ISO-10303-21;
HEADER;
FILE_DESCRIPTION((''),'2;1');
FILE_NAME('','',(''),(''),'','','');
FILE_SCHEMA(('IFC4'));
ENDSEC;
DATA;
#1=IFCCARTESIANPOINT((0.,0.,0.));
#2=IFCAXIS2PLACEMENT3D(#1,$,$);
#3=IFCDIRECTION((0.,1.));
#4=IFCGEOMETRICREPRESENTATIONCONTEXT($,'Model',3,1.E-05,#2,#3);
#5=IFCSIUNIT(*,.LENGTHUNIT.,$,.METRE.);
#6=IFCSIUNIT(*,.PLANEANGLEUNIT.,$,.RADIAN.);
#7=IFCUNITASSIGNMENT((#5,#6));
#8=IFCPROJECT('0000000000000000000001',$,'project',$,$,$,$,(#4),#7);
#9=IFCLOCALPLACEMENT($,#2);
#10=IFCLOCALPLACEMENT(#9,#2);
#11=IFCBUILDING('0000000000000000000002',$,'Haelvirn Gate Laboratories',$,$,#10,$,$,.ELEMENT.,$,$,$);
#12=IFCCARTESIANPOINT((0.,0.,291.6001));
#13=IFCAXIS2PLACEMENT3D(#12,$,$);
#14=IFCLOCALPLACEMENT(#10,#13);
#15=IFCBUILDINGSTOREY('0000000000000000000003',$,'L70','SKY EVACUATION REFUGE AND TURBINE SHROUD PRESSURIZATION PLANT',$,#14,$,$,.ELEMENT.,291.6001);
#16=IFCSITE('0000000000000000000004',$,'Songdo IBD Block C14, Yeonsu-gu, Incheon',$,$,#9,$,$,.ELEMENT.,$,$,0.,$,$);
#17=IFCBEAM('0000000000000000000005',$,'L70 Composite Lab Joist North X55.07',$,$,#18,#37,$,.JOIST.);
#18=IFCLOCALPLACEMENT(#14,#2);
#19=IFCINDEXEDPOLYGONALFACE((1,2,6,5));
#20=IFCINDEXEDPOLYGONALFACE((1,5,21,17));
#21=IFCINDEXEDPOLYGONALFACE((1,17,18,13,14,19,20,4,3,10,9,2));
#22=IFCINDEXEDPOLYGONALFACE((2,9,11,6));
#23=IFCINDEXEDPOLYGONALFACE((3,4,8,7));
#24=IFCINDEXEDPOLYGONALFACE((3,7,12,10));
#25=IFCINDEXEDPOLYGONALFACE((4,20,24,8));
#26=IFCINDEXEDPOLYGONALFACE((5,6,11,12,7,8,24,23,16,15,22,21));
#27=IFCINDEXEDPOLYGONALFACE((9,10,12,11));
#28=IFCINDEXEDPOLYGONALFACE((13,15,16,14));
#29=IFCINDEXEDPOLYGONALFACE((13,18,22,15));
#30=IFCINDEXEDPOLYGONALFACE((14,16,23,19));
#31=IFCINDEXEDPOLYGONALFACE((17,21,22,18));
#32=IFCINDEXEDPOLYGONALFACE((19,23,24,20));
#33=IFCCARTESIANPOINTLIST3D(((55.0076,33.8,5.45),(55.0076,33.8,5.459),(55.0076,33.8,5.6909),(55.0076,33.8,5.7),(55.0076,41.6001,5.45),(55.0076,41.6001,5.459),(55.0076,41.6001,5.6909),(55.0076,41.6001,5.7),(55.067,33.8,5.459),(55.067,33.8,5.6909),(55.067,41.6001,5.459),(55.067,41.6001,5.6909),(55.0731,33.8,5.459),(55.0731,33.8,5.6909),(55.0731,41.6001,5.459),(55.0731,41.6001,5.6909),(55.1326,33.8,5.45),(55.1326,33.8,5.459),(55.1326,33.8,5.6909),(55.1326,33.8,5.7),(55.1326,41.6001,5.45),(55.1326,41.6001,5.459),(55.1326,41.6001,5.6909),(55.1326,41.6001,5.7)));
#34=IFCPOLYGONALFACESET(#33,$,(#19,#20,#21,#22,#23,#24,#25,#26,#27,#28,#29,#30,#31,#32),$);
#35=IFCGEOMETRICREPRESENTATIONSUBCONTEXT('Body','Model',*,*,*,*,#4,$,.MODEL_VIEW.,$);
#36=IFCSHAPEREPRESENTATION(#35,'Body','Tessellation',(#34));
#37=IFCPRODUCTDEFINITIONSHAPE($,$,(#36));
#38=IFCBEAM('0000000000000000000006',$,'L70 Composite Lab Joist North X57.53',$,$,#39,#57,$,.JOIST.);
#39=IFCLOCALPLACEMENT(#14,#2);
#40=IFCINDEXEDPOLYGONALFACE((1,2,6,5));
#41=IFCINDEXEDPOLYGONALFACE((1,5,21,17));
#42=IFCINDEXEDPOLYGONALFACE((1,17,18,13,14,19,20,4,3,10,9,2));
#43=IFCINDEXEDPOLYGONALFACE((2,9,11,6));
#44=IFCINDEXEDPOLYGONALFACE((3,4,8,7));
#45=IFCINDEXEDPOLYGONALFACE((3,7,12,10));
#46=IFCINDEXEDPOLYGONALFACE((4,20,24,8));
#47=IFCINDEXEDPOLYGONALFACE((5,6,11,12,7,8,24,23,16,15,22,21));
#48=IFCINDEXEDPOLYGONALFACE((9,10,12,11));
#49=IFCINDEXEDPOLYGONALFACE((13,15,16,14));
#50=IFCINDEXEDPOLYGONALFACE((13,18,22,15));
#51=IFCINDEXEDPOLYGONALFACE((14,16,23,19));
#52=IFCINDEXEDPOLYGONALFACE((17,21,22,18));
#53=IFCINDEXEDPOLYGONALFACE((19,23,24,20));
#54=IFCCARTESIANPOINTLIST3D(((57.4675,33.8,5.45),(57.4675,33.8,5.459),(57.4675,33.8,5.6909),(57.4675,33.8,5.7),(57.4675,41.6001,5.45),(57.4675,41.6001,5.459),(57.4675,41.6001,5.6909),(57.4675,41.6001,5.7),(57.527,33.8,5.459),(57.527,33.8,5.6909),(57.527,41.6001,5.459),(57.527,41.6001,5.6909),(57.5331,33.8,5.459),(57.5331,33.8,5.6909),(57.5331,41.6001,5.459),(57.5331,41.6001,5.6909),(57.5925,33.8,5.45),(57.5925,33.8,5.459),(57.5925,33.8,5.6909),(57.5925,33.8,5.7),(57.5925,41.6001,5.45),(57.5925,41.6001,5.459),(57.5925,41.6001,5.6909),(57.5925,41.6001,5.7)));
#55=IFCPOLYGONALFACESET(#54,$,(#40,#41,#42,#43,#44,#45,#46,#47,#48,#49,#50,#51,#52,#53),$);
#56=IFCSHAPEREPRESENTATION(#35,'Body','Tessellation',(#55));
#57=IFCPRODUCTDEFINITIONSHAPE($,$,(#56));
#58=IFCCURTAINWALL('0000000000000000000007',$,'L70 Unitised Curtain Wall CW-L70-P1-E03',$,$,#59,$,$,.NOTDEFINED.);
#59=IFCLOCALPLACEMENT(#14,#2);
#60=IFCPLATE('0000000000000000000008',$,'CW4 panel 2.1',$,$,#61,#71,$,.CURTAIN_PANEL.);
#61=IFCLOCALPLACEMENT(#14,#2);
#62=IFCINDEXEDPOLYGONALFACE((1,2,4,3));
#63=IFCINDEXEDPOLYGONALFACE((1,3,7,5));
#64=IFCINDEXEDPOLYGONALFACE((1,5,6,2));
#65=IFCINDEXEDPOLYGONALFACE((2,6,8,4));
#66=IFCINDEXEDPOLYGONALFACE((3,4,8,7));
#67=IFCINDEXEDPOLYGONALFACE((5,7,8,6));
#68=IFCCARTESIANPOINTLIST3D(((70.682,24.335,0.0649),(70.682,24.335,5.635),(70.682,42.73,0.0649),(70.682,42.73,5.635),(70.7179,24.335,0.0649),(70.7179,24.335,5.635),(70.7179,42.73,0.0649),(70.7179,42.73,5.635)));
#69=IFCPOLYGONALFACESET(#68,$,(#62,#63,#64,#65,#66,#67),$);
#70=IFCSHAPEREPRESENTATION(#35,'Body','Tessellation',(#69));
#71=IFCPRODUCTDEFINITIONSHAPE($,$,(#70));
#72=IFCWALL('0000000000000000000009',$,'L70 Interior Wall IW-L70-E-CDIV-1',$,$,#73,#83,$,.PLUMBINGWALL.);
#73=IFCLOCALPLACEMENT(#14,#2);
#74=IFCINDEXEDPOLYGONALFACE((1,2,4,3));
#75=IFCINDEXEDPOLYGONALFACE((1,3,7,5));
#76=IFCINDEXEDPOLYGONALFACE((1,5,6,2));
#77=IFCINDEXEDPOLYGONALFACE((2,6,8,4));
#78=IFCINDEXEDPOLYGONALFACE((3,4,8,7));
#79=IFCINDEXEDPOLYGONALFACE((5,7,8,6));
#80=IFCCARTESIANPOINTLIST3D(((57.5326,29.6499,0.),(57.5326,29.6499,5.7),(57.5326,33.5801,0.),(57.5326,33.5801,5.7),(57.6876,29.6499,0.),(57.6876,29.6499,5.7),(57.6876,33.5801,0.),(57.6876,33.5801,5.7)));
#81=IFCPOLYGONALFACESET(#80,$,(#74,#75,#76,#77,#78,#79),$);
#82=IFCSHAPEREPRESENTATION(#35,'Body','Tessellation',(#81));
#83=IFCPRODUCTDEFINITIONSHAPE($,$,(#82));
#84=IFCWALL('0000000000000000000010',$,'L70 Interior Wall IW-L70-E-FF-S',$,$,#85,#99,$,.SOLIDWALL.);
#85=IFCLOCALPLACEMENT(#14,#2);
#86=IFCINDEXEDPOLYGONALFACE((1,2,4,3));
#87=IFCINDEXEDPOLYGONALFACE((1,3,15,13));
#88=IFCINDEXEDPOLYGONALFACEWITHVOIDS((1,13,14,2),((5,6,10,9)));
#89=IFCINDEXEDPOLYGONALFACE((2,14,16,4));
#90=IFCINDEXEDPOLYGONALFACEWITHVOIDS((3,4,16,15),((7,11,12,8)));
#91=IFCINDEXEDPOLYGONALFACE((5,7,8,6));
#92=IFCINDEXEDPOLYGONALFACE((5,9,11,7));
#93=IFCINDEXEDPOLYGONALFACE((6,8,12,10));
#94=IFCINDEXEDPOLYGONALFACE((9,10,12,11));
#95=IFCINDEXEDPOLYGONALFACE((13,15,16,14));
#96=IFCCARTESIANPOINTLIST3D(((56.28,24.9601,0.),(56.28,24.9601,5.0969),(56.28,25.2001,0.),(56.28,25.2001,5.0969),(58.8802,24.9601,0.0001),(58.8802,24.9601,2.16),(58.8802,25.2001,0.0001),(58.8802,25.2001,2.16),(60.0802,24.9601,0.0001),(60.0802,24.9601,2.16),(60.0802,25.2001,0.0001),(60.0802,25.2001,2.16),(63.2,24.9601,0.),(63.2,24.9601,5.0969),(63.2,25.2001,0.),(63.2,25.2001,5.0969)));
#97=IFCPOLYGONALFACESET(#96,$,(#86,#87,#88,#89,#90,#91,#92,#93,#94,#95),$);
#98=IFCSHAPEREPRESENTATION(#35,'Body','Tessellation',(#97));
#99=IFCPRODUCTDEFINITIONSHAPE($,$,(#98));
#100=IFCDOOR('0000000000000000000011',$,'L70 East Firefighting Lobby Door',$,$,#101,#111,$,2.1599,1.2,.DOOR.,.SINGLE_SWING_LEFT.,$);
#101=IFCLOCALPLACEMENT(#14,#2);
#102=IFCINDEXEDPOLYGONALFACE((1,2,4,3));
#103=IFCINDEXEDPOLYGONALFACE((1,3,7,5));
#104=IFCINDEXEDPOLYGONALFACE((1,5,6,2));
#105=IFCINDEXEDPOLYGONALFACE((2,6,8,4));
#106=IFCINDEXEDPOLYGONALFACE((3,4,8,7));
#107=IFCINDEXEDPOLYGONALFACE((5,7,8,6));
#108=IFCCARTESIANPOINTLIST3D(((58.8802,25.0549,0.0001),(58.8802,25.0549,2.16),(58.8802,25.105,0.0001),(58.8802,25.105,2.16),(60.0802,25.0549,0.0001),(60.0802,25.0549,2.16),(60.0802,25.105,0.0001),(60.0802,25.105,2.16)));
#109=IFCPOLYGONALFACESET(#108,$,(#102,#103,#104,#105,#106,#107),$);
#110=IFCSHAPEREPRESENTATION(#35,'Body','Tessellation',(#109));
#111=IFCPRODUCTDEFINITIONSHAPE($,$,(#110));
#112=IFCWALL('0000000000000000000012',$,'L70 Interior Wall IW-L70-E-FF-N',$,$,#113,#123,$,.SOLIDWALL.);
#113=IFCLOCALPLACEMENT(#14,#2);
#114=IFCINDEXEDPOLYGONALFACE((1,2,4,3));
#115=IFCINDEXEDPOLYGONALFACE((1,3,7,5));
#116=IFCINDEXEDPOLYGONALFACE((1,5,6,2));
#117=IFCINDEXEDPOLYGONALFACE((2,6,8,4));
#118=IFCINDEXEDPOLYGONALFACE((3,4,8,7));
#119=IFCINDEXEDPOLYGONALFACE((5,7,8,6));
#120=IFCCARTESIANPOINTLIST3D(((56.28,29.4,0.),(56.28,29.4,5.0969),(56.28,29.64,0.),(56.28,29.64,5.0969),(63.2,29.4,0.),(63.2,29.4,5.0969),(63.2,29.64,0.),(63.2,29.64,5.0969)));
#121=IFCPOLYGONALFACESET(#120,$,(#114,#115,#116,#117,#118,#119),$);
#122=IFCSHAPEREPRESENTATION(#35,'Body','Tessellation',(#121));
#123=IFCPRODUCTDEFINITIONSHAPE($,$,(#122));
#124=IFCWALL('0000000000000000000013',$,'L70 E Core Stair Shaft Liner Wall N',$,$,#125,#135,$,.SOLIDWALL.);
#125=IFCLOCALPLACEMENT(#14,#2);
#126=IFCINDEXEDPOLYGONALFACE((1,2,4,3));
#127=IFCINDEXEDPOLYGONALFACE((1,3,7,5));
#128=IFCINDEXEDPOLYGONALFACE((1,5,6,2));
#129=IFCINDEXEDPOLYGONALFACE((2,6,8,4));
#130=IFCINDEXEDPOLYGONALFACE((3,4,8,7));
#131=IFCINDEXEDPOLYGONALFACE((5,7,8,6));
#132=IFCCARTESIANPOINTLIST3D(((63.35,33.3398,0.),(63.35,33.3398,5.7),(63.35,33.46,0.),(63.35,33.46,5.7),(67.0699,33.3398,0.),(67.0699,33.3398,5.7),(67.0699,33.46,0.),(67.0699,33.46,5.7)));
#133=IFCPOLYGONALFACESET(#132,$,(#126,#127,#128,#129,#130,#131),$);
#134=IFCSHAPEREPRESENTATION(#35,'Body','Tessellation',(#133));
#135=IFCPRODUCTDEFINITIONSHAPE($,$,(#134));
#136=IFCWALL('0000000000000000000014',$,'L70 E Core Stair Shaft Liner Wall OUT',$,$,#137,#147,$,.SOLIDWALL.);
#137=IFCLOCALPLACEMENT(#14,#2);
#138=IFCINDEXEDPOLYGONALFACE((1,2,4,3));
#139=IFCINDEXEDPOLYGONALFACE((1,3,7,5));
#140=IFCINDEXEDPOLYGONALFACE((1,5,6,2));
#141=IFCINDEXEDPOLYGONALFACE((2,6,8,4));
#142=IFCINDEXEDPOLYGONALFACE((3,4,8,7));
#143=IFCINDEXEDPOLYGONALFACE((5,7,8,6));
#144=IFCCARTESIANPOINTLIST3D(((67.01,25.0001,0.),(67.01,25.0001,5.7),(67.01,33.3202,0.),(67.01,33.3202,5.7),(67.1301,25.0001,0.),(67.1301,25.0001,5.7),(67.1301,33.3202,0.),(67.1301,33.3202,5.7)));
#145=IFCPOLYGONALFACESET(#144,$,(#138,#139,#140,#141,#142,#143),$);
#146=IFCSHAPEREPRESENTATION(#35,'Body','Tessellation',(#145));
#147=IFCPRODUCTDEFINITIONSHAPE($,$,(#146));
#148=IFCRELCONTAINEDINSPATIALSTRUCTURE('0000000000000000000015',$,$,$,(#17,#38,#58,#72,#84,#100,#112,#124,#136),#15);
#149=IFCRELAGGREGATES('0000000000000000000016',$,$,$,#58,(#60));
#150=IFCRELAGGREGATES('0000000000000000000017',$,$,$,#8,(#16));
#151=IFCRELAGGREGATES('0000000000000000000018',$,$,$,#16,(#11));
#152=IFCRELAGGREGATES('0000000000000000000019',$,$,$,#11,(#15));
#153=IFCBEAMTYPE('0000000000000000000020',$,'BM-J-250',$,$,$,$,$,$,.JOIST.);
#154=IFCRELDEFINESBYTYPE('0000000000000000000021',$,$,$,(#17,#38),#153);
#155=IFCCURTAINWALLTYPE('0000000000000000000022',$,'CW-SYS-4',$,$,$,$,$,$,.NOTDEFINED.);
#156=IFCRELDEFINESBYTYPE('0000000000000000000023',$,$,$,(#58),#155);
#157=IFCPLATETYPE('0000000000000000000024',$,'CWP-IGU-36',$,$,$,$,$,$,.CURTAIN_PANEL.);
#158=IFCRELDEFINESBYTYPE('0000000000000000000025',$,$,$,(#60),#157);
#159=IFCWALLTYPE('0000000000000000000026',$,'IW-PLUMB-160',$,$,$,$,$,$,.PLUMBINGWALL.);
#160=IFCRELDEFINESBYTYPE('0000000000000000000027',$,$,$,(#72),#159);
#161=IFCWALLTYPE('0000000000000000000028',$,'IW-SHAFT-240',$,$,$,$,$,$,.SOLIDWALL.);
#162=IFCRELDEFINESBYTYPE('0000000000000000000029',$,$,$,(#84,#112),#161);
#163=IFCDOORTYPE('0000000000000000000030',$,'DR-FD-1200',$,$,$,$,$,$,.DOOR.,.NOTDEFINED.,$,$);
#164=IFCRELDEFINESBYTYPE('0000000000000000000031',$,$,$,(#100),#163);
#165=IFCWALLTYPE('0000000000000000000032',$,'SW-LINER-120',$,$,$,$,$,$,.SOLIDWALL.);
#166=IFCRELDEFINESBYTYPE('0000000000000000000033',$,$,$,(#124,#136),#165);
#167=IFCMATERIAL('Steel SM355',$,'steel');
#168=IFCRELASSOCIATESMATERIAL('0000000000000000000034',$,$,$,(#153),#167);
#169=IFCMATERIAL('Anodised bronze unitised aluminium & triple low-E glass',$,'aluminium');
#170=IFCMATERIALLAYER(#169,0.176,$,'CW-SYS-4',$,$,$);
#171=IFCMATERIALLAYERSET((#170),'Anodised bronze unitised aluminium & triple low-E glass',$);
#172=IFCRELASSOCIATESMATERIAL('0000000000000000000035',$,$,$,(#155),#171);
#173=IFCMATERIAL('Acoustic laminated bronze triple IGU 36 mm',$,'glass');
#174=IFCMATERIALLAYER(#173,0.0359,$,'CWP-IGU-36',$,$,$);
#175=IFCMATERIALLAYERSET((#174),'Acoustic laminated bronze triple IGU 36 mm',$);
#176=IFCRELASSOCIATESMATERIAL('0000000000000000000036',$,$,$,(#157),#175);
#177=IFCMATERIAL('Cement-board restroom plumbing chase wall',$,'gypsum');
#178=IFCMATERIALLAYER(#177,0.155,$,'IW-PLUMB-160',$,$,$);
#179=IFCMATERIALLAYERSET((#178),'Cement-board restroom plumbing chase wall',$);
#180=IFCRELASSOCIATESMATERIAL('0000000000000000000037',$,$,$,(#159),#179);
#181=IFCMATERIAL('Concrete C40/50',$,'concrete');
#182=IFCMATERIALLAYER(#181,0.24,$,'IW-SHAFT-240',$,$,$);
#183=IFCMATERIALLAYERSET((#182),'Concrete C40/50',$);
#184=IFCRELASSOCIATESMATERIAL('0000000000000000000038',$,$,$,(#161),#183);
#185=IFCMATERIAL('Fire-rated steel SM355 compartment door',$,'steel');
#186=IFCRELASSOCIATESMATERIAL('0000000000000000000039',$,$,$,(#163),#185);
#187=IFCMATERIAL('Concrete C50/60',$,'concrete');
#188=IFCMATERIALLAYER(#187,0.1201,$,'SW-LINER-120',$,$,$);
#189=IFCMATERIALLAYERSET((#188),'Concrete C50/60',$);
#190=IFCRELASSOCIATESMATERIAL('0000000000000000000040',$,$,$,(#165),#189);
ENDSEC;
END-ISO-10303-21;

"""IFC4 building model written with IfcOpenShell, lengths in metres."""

from ifc_helpers import new_model, si_unit, direction, frame, frame_2d, origin, origin_2d, place, context, subcontext, project, spatial, rectangle, i_section, extrude, source, transform, mapped, material, layer, layer_set, material_profile, profile_set, type_object, type_shapes, element, fill, aggregate, save


model = new_model("IFC4")

# Units and contexts
model_context = context("Model", 3, precision=1e-05, world=origin(), true_north=direction((0.0, 1.0)))
body_context = subcontext(model_context, "Body", "Model", "MODEL_VIEW")
ifc_project = project(units=[si_unit("LENGTHUNIT", "METRE"), si_unit("PLANEANGLEUNIT", "RADIAN")], contexts=[model_context])

# Site, building, storey
site_placement = place(None, origin())
site = spatial("IfcSite", under=ifc_project, at=site_placement, Name="Songdo IBD Block C14, Yeonsu-gu, Incheon", CompositionType="ELEMENT", RefElevation=0.0)
building_placement = place(site_placement, origin())
building = spatial("IfcBuilding", under=site, at=building_placement, Name="Haelvirn Gate Laboratories", CompositionType="ELEMENT")
storey_placement = place(building_placement, frame((0.0, 0.0, 291.6001)))
storey = spatial("IfcBuildingStorey", under=building, at=storey_placement, Name="L70", Description="SKY EVACUATION REFUGE AND TURBINE SHROUD PRESSURIZATION PLANT", CompositionType="ELEMENT", Elevation=291.6001)

# Beams
ifc_material_1 = material(Name="Steel SM355", Category="steel")
ifc_material_profile = material_profile(ifc_material_1, i_section(OverallWidth=0.125, OverallDepth=0.25, WebThickness=0.0061, FlangeThickness=0.009, at=origin_2d()), Name="H-250x125x6x9")
ifc_profile_set = profile_set([ifc_material_profile], Name="Steel SM355")
beam_type = type_object("IfcBeamType", Name="BM-J-250", PredefinedType="JOIST", material=ifc_profile_set)
shared_shape_1 = source(origin(), body_context, "Body", "SweptSolid", [
    extrude(i_section(OverallWidth=0.125, OverallDepth=0.25, WebThickness=0.0061, FlangeThickness=0.009, at=origin_2d()), origin(), (0.0, 0.0, 1.0), 7.8),
])
type_shapes(beam_type, [shared_shape_1])
for number, where, z_axis, x_axis, name in (
    (1, (55.0701, 33.8, 5.575), (0.0, 1.0, 0.0), (-1.0, 0.0, 0.0), "L70 Composite Lab Joist North X55.07"),
    (2, (57.53, 33.8, 5.575), (0.0, 1.0, 0.0), (-1.0, 0.0, 0.0), "L70 Composite Lab Joist North X57.53"),
):
    element("IfcBeam", number, at=place(storey_placement, frame(where, z_axis=z_axis, x_axis=x_axis)), inside=storey, type_object=beam_type, Name=name, PredefinedType="JOIST", context=body_context, shape_type="MappedRepresentation", body=[
        mapped(shared_shape_1, transform((0.0, 0.0, 0.0), scale=1.0)),
    ])

# Curtain wall, plate
ifc_material_2 = material(Name="Anodised bronze unitised aluminium & triple low-E glass", Category="aluminium")
ifc_layer_1 = layer(ifc_material_2, 0.176, Name="CW-SYS-4")
ifc_layer_set_1 = layer_set([ifc_layer_1], Name="Anodised bronze unitised aluminium & triple low-E glass")
curtain_wall_type = type_object("IfcCurtainWallType", Name="CW-SYS-4", PredefinedType="NOTDEFINED", material=ifc_layer_set_1)
curtain_wall_placement = place(storey_placement, origin())
curtain_wall = element("IfcCurtainWall", 3, at=curtain_wall_placement, inside=storey, type_object=curtain_wall_type, Name="L70 Unitised Curtain Wall CW-L70-P1-E03", PredefinedType="NOTDEFINED")
ifc_material_3 = material(Name="Acoustic laminated bronze triple IGU 36 mm", Category="glass")
ifc_layer_2 = layer(ifc_material_3, 0.0359, Name="CWP-IGU-36")
ifc_layer_set_2 = layer_set([ifc_layer_2], Name="Acoustic laminated bronze triple IGU 36 mm")
plate_type = type_object("IfcPlateType", Name="CWP-IGU-36", PredefinedType="CURTAIN_PANEL", material=ifc_layer_set_2)
shared_shape_2 = source(origin(), body_context, "Body", "SweptSolid", [
    extrude(rectangle(XDim=18.395, YDim=0.0359, at=origin_2d()), origin(), (0.0, 0.0, 1.0), 5.5701),
])
type_shapes(plate_type, [shared_shape_2])
plate_placement = place(storey_placement, frame((70.7, 33.5325, 0.0649), z_axis=(0.0, 0.0, 1.0), x_axis=(0.0, 1.0, 0.0)))
plate = element("IfcPlate", 4, at=plate_placement, type_object=plate_type, Name="CW4 panel 2.1", PredefinedType="CURTAIN_PANEL", context=body_context, shape_type="MappedRepresentation", body=[
    mapped(shared_shape_2, transform((0.0, 0.0, 0.0), scale=1.0)),
])
aggregate(curtain_wall, [plate])

# Wall
ifc_material_4 = material(Name="Cement-board restroom plumbing chase wall", Category="gypsum")
ifc_layer_3 = layer(ifc_material_4, 0.155, Name="IW-PLUMB-160")
ifc_layer_set_3 = layer_set([ifc_layer_3], Name="Cement-board restroom plumbing chase wall")
wall_type_1 = type_object("IfcWallType", Name="IW-PLUMB-160", PredefinedType="PLUMBINGWALL", material=ifc_layer_set_3)
wall_1_placement = place(storey_placement, frame((57.6101, 29.6499, 0.0), z_axis=(0.0, 0.0, 1.0), x_axis=(0.0, 1.0, 0.0)))
element("IfcWall", 5, at=wall_1_placement, inside=storey, type_object=wall_type_1, Name="L70 Interior Wall IW-L70-E-CDIV-1", PredefinedType="PLUMBINGWALL", context=body_context, shape_type="SweptSolid", body=[
    extrude(rectangle(XDim=3.9302, YDim=0.155, at=frame_2d((1.9651, 0.0))), origin(), (0.0, 0.0, 1.0), 5.7),
])

# Wall, opening, door
ifc_material_5 = material(Name="Concrete C40/50", Category="concrete")
ifc_layer_4 = layer(ifc_material_5, 0.24, Name="IW-SHAFT-240")
ifc_layer_set_4 = layer_set([ifc_layer_4], Name="Concrete C40/50")
wall_type_2 = type_object("IfcWallType", Name="IW-SHAFT-240", PredefinedType="SOLIDWALL", material=ifc_layer_set_4)
wall_2_placement = place(storey_placement, frame((56.28, 25.0801, 0.0), z_axis=(0.0, 0.0, 1.0), x_axis=(1.0, 0.0, 0.0)))
wall_2 = element("IfcWall", 6, at=wall_2_placement, inside=storey, type_object=wall_type_2, Name="L70 Interior Wall IW-L70-E-FF-S", PredefinedType="SOLIDWALL", context=body_context, shape_type="SweptSolid", body=[
    extrude(rectangle(XDim=6.9199, YDim=0.24, at=frame_2d((3.46, 0.0))), origin(), (0.0, 0.0, 1.0), 5.0969),
])
opening_1_placement = place(wall_2_placement, frame((2.6001, 0.0, 0.0)))
opening_1 = element("IfcOpeningElement", 7, at=opening_1_placement, cuts=wall_2, PredefinedType="OPENING", context=body_context, shape_type="SweptSolid", body=[
    extrude(rectangle(XDim=1.2, YDim=2.1599, at=frame_2d((0.6001, 1.0801))), frame((0.0, 0.1299, 0.0), z_axis=(0.0, -1.0, 0.0), x_axis=(1.0, 0.0, 0.0)), (0.0, 0.0, 1.0), 0.26),
])
ifc_material_6 = material(Name="Fire-rated steel SM355 compartment door", Category="steel")
door_type_1 = type_object("IfcDoorType", Name="DR-FD-1200", OperationType="NOTDEFINED", PredefinedType="DOOR", material=ifc_material_6)
shared_shape_3 = source(origin(), body_context, "Body", "SweptSolid", [
    extrude(rectangle(XDim=1.2, YDim=2.1599, at=frame_2d((0.6001, 1.0801))), frame((0.0, 0.0249, 0.0), z_axis=(0.0, -1.0, 0.0), x_axis=(1.0, 0.0, 0.0)), (0.0, 0.0, 1.0), 0.05),
])
type_shapes(door_type_1, [shared_shape_3])
door_1_placement = place(opening_1_placement, origin())
door_1 = element("IfcDoor", 8, at=door_1_placement, inside=storey, type_object=door_type_1, Name="L70 East Firefighting Lobby Door", OperationType="SINGLE_SWING_LEFT", OverallHeight=2.1599, OverallWidth=1.2, PredefinedType="DOOR", context=body_context, shape_type="MappedRepresentation", body=[
    mapped(shared_shape_3, transform((0.0, 0.0, 0.0), scale=1.0)),
])
fill(opening_1, door_1)

# Walls
wall_3_placement = place(storey_placement, frame((56.28, 29.52, 0.0), z_axis=(0.0, 0.0, 1.0), x_axis=(1.0, 0.0, 0.0)))
element("IfcWall", 9, at=wall_3_placement, inside=storey, type_object=wall_type_2, Name="L70 Interior Wall IW-L70-E-FF-N", PredefinedType="SOLIDWALL", context=body_context, shape_type="SweptSolid", body=[
    extrude(rectangle(XDim=6.9199, YDim=0.24, at=frame_2d((3.46, 0.0))), origin(), (0.0, 0.0, 1.0), 5.0969),
])
ifc_material_7 = material(Name="Concrete C50/60", Category="concrete")
ifc_layer_5 = layer(ifc_material_7, 0.1201, Name="SW-LINER-120")
ifc_layer_set_5 = layer_set([ifc_layer_5], Name="Concrete C50/60")
wall_type_3 = type_object("IfcWallType", Name="SW-LINER-120", PredefinedType="SOLIDWALL", material=ifc_layer_set_5)
wall_4_placement = place(storey_placement, frame((63.3501, 33.3999, 0.0), z_axis=(0.0, 0.0, 1.0), x_axis=(1.0, 0.0, 0.0)))
element("IfcWall", 10, at=wall_4_placement, inside=storey, type_object=wall_type_3, Name="L70 E Core Stair Shaft Liner Wall N", PredefinedType="SOLIDWALL", context=body_context, shape_type="SweptSolid", body=[
    extrude(rectangle(XDim=3.72, YDim=0.1201, at=frame_2d((1.8599, 0.0))), origin(), (0.0, 0.0, 1.0), 5.7),
])
wall_5_placement = place(storey_placement, frame((67.0701, 25.0, 0.0), z_axis=(0.0, 0.0, 1.0), x_axis=(0.0, 1.0, 0.0)))
element("IfcWall", 11, at=wall_5_placement, inside=storey, type_object=wall_type_3, Name="L70 E Core Stair Shaft Liner Wall OUT", PredefinedType="SOLIDWALL", context=body_context, shape_type="SweptSolid", body=[
    extrude(rectangle(XDim=8.3201, YDim=0.1201, at=frame_2d((4.1602, 0.0))), origin(), (0.0, 0.0, 1.0), 5.7),
])

save(model, "model.ifc")
